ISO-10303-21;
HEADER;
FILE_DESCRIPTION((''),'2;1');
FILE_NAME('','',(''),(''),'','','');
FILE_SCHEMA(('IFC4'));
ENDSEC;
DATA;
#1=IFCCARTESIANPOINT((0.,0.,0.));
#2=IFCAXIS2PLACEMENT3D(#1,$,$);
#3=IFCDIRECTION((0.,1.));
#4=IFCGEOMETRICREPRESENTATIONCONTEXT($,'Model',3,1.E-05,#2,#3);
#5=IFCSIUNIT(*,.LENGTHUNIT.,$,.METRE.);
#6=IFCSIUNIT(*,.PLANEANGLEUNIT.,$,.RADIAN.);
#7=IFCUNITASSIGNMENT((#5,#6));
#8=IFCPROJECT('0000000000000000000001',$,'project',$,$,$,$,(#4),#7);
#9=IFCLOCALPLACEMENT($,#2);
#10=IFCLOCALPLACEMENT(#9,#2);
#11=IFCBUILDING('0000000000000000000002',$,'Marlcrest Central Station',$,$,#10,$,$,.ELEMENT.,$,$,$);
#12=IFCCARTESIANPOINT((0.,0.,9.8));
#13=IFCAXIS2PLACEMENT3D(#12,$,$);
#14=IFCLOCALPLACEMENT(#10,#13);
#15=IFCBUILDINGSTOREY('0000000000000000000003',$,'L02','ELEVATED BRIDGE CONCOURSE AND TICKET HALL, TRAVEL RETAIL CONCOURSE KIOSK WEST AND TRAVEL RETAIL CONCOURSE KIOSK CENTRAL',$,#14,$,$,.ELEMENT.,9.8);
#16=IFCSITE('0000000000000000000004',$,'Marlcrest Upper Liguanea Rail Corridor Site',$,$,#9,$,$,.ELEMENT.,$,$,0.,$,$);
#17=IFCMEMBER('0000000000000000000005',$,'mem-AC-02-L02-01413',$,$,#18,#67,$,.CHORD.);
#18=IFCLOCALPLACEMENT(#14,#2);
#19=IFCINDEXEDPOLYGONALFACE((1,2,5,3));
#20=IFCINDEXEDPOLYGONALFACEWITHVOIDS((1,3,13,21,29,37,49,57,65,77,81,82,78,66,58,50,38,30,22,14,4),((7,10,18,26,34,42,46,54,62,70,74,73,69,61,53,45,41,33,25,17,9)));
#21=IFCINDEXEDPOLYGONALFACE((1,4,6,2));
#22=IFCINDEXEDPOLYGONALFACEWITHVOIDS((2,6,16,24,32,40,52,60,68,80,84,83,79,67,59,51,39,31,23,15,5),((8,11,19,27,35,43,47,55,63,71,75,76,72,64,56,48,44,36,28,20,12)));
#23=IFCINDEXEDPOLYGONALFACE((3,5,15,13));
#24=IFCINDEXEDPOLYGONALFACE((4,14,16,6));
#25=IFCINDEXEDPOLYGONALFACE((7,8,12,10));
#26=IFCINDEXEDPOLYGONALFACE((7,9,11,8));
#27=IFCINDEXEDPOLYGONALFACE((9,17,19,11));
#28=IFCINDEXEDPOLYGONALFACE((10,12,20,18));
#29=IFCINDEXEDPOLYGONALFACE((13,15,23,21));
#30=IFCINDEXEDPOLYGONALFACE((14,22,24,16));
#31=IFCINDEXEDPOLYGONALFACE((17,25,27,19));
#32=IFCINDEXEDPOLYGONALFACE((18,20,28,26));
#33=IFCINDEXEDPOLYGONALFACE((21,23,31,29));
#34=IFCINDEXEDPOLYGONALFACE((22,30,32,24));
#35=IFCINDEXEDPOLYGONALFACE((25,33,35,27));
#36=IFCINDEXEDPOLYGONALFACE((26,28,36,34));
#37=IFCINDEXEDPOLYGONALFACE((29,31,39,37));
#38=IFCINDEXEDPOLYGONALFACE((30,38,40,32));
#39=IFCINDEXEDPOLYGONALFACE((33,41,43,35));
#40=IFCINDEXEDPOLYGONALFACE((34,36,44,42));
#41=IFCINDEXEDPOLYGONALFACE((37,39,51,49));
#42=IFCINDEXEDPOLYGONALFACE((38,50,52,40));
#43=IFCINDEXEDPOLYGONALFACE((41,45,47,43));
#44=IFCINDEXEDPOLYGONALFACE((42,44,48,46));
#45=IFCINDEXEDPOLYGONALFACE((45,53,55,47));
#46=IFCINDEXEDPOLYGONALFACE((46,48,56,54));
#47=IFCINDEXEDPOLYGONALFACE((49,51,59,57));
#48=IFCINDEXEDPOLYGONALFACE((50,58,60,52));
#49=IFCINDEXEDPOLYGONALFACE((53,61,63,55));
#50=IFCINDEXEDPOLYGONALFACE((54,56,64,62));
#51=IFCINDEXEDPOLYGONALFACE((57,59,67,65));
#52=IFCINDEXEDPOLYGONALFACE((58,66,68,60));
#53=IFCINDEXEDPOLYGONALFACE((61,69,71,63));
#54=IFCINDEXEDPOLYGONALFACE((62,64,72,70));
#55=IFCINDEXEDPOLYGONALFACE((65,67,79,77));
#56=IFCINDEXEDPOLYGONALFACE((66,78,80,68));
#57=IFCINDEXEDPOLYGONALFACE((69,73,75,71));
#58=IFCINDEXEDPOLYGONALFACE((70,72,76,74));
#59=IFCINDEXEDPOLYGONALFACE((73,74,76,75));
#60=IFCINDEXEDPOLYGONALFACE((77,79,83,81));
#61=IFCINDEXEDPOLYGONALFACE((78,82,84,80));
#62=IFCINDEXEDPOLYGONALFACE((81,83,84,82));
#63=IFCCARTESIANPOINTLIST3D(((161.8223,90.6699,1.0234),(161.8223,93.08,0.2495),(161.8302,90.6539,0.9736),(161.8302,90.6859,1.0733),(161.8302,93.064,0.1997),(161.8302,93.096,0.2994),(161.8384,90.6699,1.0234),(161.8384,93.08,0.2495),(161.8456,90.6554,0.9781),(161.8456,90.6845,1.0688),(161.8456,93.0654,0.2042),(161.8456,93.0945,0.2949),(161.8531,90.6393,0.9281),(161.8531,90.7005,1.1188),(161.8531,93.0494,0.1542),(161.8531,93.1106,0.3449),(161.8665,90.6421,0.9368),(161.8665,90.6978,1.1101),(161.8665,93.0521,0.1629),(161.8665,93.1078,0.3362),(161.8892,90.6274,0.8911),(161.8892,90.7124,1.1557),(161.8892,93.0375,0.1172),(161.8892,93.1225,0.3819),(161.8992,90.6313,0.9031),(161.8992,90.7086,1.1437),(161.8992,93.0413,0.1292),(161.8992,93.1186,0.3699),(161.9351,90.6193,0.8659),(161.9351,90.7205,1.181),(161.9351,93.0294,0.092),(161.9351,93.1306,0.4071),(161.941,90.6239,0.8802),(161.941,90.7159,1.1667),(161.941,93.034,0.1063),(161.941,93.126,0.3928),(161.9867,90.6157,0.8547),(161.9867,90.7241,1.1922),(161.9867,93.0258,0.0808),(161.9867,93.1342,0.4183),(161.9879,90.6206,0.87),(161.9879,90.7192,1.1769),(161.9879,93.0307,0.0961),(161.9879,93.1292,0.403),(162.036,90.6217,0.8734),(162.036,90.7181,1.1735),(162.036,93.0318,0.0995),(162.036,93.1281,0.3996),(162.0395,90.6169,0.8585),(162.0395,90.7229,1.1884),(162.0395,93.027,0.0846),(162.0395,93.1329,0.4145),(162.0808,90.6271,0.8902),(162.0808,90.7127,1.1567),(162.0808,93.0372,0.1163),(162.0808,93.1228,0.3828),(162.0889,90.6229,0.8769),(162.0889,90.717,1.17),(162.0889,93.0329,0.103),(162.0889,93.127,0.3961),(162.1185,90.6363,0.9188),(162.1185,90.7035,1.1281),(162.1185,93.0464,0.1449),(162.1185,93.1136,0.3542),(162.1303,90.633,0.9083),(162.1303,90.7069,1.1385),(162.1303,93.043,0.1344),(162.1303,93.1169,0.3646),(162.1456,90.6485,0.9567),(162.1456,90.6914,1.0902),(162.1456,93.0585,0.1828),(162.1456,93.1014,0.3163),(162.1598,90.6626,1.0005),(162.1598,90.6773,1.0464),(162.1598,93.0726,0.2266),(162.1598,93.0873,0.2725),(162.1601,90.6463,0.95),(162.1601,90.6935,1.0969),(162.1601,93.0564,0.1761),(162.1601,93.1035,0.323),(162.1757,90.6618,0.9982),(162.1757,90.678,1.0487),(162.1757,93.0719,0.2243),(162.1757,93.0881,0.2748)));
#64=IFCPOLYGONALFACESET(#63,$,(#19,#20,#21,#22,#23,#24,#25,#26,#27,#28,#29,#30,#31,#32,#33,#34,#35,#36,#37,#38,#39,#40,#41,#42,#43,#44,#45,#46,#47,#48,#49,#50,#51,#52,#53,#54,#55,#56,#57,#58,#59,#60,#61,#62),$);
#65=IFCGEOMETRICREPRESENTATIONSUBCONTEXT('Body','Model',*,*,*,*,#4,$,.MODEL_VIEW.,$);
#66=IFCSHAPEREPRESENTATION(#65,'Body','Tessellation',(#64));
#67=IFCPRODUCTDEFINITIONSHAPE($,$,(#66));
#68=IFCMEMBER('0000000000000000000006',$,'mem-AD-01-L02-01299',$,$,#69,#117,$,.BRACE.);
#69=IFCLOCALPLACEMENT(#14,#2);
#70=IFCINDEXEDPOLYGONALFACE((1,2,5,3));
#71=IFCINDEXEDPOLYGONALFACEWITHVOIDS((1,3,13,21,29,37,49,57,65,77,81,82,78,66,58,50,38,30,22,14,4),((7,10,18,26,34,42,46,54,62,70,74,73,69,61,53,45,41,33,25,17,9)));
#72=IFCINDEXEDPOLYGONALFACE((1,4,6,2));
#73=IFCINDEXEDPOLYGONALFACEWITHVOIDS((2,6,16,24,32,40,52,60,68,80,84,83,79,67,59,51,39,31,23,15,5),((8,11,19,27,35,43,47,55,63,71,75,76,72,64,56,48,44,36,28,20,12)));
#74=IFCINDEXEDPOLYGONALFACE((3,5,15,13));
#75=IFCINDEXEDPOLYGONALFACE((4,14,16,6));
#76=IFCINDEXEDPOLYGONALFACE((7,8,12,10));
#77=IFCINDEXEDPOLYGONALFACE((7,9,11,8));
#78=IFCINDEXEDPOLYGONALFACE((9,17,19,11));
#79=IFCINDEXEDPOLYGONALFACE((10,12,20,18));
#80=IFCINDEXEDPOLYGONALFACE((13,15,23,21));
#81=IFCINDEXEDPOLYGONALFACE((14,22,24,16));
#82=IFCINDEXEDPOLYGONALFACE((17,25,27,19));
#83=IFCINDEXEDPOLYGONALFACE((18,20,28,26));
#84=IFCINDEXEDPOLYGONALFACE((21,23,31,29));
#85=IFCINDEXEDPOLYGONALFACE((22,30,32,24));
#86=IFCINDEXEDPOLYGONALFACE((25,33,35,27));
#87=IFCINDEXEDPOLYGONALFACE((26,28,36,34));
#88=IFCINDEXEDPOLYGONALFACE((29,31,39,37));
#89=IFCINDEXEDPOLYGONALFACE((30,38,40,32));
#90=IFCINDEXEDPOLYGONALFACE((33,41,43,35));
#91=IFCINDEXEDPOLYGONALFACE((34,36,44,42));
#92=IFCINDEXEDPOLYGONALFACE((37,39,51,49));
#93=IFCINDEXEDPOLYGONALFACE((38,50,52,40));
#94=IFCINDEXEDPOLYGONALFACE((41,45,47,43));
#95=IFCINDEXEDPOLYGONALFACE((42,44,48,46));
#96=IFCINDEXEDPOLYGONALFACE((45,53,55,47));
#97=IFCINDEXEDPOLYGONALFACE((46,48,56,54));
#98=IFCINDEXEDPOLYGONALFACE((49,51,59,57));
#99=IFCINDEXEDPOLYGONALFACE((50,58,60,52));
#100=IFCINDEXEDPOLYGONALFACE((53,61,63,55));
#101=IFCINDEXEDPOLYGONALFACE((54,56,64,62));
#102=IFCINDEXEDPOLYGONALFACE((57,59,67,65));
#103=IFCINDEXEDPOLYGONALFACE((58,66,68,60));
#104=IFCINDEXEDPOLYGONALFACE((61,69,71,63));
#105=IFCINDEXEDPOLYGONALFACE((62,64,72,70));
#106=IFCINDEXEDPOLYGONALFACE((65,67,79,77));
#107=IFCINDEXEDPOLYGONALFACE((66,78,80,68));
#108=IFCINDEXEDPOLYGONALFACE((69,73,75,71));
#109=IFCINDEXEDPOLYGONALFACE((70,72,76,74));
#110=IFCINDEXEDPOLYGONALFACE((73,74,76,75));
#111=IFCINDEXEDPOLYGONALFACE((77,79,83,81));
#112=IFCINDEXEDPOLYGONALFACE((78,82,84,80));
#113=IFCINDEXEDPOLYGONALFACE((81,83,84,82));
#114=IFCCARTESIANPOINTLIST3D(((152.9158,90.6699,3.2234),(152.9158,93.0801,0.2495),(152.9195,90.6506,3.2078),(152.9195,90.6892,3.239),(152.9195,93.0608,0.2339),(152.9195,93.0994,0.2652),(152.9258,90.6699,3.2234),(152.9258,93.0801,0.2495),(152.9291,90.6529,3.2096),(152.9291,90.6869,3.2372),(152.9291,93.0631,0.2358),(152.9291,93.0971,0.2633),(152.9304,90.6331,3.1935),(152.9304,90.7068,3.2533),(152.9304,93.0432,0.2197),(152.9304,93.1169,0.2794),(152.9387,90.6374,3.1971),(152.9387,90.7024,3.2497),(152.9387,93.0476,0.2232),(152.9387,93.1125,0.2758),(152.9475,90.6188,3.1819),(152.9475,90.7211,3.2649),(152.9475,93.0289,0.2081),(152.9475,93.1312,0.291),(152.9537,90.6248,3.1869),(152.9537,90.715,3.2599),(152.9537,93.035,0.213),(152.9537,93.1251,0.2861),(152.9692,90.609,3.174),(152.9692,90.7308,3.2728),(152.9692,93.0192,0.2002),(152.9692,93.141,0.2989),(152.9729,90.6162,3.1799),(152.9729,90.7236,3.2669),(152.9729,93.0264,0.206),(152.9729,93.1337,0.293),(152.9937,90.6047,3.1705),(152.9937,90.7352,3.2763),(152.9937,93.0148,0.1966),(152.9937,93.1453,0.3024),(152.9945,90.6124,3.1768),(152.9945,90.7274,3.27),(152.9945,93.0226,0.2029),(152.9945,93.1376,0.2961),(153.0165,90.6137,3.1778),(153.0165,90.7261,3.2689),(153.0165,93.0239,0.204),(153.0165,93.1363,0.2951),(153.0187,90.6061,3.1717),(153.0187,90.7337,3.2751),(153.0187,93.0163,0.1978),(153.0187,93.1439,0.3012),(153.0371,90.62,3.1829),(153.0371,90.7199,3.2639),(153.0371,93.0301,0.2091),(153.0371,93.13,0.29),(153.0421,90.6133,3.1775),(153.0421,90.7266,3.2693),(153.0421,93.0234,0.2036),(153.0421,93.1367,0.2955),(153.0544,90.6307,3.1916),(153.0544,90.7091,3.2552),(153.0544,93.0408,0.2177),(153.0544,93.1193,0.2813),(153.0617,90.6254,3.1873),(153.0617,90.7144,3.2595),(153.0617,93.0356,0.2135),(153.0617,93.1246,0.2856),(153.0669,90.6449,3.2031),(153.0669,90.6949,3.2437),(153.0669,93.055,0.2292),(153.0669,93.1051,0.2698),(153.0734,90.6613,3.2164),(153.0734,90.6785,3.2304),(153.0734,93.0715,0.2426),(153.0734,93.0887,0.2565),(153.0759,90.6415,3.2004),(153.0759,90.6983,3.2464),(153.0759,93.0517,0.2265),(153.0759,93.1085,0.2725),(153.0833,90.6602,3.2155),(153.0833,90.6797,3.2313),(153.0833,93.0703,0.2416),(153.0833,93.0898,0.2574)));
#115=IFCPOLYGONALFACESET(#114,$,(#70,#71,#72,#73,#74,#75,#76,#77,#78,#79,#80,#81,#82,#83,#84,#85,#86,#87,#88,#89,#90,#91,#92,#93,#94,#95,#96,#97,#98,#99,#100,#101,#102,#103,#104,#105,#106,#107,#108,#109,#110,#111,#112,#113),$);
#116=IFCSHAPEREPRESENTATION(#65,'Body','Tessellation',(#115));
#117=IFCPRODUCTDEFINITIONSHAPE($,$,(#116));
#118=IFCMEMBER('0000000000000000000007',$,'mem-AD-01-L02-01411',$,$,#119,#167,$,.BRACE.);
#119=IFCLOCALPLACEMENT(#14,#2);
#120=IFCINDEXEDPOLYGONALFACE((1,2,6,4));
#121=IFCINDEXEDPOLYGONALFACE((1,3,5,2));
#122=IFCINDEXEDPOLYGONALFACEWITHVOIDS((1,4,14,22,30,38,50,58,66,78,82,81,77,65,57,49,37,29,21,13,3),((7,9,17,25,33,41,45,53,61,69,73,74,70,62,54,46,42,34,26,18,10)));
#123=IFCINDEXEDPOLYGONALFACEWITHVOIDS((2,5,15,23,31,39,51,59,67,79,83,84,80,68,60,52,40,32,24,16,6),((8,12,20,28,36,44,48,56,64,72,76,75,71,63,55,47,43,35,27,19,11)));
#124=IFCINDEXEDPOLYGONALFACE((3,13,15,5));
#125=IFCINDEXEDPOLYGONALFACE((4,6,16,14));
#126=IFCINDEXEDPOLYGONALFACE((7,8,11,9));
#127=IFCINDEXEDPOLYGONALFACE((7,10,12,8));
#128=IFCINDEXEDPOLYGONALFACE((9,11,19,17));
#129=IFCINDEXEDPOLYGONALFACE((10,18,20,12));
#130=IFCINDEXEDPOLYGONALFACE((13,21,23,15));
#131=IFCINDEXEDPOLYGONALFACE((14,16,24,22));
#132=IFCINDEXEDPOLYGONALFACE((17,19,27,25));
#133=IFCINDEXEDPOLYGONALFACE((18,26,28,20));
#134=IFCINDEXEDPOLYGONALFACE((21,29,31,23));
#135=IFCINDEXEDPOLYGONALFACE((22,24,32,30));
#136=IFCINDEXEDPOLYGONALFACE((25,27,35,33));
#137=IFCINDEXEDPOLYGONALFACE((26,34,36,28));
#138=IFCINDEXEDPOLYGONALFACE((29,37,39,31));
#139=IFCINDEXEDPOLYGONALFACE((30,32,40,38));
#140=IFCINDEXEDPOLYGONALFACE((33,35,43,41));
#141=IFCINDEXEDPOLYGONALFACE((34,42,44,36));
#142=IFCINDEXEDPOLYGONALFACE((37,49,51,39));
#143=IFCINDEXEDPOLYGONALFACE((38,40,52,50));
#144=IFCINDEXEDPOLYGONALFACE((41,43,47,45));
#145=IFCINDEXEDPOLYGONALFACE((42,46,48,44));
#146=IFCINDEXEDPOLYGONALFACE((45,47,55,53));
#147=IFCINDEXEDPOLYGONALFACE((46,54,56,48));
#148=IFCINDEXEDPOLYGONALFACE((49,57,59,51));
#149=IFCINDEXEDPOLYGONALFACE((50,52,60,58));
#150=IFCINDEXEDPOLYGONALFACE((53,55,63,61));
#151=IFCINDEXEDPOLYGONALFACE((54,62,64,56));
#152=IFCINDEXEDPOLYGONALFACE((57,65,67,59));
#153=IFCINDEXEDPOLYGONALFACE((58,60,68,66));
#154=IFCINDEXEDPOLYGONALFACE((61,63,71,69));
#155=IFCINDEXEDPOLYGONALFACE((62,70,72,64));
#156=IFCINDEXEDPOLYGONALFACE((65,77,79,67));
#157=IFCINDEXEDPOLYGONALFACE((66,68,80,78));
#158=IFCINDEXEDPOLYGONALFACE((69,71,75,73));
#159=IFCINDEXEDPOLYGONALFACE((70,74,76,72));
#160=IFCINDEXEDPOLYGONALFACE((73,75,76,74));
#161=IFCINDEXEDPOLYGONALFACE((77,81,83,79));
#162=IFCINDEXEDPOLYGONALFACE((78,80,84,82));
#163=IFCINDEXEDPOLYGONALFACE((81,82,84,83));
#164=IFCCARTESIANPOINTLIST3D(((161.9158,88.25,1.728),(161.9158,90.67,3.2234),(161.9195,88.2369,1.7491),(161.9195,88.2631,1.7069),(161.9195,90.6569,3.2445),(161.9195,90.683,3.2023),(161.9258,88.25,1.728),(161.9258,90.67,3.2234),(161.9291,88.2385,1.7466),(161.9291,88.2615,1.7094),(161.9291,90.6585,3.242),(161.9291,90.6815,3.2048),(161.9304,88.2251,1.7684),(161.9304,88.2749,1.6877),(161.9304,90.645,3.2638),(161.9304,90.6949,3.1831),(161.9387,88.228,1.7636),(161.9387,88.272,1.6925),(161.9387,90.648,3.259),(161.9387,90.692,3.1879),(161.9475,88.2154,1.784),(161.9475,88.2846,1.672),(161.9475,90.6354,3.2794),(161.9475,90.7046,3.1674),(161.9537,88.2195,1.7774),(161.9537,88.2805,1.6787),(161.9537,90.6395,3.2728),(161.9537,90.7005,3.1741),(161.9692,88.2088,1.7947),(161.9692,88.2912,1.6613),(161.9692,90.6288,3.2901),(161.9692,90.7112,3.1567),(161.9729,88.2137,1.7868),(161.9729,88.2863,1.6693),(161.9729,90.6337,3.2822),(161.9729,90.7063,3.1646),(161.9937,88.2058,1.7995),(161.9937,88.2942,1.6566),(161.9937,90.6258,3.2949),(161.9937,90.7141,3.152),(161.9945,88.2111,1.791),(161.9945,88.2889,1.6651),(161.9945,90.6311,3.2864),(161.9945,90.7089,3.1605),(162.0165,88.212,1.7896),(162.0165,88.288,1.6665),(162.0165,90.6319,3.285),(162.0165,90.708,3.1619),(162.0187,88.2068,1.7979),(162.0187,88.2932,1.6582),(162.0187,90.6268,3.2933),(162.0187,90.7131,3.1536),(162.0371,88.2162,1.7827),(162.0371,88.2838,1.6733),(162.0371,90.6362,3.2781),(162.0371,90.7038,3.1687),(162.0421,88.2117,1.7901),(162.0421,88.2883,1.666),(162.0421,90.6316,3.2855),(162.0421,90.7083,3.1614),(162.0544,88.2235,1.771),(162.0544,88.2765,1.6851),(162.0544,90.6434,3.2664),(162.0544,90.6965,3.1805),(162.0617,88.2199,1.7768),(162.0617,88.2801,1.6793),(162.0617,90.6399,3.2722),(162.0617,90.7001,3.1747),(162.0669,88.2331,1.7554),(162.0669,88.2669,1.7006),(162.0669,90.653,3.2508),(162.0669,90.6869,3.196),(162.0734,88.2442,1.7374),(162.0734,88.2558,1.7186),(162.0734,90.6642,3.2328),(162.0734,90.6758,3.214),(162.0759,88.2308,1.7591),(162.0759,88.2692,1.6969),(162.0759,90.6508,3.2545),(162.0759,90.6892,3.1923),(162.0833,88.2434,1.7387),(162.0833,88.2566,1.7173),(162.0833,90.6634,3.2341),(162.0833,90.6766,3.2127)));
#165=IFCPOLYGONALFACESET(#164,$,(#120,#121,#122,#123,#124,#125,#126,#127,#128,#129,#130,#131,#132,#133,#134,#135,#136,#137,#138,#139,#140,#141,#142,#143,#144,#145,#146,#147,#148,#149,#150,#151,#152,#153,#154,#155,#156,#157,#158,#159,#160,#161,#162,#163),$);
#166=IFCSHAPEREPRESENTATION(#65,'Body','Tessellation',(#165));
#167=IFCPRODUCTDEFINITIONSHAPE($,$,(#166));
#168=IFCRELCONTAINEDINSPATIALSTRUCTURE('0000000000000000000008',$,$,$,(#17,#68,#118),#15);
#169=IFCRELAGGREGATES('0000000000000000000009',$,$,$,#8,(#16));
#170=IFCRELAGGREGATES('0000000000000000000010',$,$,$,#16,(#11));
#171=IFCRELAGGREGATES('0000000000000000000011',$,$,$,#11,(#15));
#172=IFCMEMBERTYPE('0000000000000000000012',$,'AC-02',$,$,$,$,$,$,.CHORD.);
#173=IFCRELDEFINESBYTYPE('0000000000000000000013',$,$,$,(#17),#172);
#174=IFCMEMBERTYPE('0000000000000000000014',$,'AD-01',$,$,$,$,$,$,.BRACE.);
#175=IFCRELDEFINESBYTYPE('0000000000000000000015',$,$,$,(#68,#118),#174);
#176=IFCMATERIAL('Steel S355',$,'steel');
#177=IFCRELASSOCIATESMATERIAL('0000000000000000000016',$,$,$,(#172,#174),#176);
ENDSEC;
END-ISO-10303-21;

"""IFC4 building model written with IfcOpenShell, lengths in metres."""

from ifc_helpers import new_model, si_unit, direction, frame, origin, origin_2d, place, context, subcontext, project, spatial, hollow_circle, extrude, material, material_profile, profile_set, type_object, element, save


model = new_model("IFC4")

# Units and contexts
model_context = context("Model", 3, precision=1e-05, world=origin(), true_north=direction((0.0, 1.0)))
body_context = subcontext(model_context, "Body", "Model", "MODEL_VIEW")
ifc_project = project(units=[si_unit("LENGTHUNIT", "METRE"), si_unit("PLANEANGLEUNIT", "RADIAN")], contexts=[model_context])

# Site, building, storey
site_placement = place(None, origin())
site = spatial("IfcSite", under=ifc_project, at=site_placement, Name="Marlcrest Upper Liguanea Rail Corridor Site", CompositionType="ELEMENT", RefElevation=0.0)
building_placement = place(site_placement, origin())
building = spatial("IfcBuilding", under=site, at=building_placement, Name="Marlcrest Central Station", CompositionType="ELEMENT")
storey_placement = place(building_placement, frame((0.0, 0.0, 9.8)))
storey = spatial("IfcBuildingStorey", under=building, at=storey_placement, Name="L02", Description="ELEVATED BRIDGE CONCOURSE AND TICKET HALL, TRAVEL RETAIL CONCOURSE KIOSK WEST AND TRAVEL RETAIL CONCOURSE KIOSK CENTRAL", CompositionType="ELEMENT", Elevation=9.8)

# Members
ifc_material_1 = material(Name="Steel S355", Category="steel")
ifc_material_profile_1 = material_profile(ifc_material_1, hollow_circle(Radius=0.1777, WallThickness=0.0161, at=origin_2d()), Name="CHS 355.6x16")
ifc_profile_set_1 = profile_set([ifc_material_profile_1], Name="Steel S355")
member_type_1 = type_object("IfcMemberType", Name="AC-02", PredefinedType="CHORD", material=ifc_profile_set_1)
member_1_placement = place(storey_placement, frame((162.0, 90.6699, 1.0234), z_axis=(0.0, 0.952117, -0.305734), x_axis=(-1.0, 0.0, 0.0)))
element("IfcMember", 1, at=member_1_placement, inside=storey, type_object=member_type_1, Name="mem-AC-02-L02-01413", PredefinedType="CHORD", context=body_context, shape_type="SweptSolid", body=[
    extrude(hollow_circle(Radius=0.1777, WallThickness=0.0161, at=origin_2d()), origin(), (0.0, 0.0, 1.0), 2.5312),
])
ifc_material_profile_2 = material_profile(ifc_material_1, hollow_circle(Radius=0.0842, WallThickness=0.01, at=origin_2d()), Name="CHS 168.3x10")
ifc_profile_set_2 = profile_set([ifc_material_profile_2], Name="Steel S355")
member_type_2 = type_object("IfcMemberType", Name="AD-01", PredefinedType="BRACE", material=ifc_profile_set_2)
member_2_placement = place(storey_placement, frame((153.0, 90.6699, 3.2234), z_axis=(0.0, 0.629629, -0.776896), x_axis=(-1.0, 0.0, 0.0)))
element("IfcMember", 2, at=member_2_placement, inside=storey, type_object=member_type_2, Name="mem-AD-01-L02-01299", PredefinedType="BRACE", context=body_context, shape_type="SweptSolid", body=[
    extrude(hollow_circle(Radius=0.0842, WallThickness=0.01, at=origin_2d()), origin(), (0.0, 0.0, 1.0), 3.8279),
])
member_3_placement = place(storey_placement, frame((162.0, 88.25, 1.728), z_axis=(0.0, 0.850687, 0.525672), x_axis=(-1.0, 0.0, 0.0)))
element("IfcMember", 3, at=member_3_placement, inside=storey, type_object=member_type_2, Name="mem-AD-01-L02-01411", PredefinedType="BRACE", context=body_context, shape_type="SweptSolid", body=[
    extrude(hollow_circle(Radius=0.0842, WallThickness=0.01, at=origin_2d()), origin(), (0.0, 0.0, 1.0), 2.8447),
])

save(model, "model.ifc")
